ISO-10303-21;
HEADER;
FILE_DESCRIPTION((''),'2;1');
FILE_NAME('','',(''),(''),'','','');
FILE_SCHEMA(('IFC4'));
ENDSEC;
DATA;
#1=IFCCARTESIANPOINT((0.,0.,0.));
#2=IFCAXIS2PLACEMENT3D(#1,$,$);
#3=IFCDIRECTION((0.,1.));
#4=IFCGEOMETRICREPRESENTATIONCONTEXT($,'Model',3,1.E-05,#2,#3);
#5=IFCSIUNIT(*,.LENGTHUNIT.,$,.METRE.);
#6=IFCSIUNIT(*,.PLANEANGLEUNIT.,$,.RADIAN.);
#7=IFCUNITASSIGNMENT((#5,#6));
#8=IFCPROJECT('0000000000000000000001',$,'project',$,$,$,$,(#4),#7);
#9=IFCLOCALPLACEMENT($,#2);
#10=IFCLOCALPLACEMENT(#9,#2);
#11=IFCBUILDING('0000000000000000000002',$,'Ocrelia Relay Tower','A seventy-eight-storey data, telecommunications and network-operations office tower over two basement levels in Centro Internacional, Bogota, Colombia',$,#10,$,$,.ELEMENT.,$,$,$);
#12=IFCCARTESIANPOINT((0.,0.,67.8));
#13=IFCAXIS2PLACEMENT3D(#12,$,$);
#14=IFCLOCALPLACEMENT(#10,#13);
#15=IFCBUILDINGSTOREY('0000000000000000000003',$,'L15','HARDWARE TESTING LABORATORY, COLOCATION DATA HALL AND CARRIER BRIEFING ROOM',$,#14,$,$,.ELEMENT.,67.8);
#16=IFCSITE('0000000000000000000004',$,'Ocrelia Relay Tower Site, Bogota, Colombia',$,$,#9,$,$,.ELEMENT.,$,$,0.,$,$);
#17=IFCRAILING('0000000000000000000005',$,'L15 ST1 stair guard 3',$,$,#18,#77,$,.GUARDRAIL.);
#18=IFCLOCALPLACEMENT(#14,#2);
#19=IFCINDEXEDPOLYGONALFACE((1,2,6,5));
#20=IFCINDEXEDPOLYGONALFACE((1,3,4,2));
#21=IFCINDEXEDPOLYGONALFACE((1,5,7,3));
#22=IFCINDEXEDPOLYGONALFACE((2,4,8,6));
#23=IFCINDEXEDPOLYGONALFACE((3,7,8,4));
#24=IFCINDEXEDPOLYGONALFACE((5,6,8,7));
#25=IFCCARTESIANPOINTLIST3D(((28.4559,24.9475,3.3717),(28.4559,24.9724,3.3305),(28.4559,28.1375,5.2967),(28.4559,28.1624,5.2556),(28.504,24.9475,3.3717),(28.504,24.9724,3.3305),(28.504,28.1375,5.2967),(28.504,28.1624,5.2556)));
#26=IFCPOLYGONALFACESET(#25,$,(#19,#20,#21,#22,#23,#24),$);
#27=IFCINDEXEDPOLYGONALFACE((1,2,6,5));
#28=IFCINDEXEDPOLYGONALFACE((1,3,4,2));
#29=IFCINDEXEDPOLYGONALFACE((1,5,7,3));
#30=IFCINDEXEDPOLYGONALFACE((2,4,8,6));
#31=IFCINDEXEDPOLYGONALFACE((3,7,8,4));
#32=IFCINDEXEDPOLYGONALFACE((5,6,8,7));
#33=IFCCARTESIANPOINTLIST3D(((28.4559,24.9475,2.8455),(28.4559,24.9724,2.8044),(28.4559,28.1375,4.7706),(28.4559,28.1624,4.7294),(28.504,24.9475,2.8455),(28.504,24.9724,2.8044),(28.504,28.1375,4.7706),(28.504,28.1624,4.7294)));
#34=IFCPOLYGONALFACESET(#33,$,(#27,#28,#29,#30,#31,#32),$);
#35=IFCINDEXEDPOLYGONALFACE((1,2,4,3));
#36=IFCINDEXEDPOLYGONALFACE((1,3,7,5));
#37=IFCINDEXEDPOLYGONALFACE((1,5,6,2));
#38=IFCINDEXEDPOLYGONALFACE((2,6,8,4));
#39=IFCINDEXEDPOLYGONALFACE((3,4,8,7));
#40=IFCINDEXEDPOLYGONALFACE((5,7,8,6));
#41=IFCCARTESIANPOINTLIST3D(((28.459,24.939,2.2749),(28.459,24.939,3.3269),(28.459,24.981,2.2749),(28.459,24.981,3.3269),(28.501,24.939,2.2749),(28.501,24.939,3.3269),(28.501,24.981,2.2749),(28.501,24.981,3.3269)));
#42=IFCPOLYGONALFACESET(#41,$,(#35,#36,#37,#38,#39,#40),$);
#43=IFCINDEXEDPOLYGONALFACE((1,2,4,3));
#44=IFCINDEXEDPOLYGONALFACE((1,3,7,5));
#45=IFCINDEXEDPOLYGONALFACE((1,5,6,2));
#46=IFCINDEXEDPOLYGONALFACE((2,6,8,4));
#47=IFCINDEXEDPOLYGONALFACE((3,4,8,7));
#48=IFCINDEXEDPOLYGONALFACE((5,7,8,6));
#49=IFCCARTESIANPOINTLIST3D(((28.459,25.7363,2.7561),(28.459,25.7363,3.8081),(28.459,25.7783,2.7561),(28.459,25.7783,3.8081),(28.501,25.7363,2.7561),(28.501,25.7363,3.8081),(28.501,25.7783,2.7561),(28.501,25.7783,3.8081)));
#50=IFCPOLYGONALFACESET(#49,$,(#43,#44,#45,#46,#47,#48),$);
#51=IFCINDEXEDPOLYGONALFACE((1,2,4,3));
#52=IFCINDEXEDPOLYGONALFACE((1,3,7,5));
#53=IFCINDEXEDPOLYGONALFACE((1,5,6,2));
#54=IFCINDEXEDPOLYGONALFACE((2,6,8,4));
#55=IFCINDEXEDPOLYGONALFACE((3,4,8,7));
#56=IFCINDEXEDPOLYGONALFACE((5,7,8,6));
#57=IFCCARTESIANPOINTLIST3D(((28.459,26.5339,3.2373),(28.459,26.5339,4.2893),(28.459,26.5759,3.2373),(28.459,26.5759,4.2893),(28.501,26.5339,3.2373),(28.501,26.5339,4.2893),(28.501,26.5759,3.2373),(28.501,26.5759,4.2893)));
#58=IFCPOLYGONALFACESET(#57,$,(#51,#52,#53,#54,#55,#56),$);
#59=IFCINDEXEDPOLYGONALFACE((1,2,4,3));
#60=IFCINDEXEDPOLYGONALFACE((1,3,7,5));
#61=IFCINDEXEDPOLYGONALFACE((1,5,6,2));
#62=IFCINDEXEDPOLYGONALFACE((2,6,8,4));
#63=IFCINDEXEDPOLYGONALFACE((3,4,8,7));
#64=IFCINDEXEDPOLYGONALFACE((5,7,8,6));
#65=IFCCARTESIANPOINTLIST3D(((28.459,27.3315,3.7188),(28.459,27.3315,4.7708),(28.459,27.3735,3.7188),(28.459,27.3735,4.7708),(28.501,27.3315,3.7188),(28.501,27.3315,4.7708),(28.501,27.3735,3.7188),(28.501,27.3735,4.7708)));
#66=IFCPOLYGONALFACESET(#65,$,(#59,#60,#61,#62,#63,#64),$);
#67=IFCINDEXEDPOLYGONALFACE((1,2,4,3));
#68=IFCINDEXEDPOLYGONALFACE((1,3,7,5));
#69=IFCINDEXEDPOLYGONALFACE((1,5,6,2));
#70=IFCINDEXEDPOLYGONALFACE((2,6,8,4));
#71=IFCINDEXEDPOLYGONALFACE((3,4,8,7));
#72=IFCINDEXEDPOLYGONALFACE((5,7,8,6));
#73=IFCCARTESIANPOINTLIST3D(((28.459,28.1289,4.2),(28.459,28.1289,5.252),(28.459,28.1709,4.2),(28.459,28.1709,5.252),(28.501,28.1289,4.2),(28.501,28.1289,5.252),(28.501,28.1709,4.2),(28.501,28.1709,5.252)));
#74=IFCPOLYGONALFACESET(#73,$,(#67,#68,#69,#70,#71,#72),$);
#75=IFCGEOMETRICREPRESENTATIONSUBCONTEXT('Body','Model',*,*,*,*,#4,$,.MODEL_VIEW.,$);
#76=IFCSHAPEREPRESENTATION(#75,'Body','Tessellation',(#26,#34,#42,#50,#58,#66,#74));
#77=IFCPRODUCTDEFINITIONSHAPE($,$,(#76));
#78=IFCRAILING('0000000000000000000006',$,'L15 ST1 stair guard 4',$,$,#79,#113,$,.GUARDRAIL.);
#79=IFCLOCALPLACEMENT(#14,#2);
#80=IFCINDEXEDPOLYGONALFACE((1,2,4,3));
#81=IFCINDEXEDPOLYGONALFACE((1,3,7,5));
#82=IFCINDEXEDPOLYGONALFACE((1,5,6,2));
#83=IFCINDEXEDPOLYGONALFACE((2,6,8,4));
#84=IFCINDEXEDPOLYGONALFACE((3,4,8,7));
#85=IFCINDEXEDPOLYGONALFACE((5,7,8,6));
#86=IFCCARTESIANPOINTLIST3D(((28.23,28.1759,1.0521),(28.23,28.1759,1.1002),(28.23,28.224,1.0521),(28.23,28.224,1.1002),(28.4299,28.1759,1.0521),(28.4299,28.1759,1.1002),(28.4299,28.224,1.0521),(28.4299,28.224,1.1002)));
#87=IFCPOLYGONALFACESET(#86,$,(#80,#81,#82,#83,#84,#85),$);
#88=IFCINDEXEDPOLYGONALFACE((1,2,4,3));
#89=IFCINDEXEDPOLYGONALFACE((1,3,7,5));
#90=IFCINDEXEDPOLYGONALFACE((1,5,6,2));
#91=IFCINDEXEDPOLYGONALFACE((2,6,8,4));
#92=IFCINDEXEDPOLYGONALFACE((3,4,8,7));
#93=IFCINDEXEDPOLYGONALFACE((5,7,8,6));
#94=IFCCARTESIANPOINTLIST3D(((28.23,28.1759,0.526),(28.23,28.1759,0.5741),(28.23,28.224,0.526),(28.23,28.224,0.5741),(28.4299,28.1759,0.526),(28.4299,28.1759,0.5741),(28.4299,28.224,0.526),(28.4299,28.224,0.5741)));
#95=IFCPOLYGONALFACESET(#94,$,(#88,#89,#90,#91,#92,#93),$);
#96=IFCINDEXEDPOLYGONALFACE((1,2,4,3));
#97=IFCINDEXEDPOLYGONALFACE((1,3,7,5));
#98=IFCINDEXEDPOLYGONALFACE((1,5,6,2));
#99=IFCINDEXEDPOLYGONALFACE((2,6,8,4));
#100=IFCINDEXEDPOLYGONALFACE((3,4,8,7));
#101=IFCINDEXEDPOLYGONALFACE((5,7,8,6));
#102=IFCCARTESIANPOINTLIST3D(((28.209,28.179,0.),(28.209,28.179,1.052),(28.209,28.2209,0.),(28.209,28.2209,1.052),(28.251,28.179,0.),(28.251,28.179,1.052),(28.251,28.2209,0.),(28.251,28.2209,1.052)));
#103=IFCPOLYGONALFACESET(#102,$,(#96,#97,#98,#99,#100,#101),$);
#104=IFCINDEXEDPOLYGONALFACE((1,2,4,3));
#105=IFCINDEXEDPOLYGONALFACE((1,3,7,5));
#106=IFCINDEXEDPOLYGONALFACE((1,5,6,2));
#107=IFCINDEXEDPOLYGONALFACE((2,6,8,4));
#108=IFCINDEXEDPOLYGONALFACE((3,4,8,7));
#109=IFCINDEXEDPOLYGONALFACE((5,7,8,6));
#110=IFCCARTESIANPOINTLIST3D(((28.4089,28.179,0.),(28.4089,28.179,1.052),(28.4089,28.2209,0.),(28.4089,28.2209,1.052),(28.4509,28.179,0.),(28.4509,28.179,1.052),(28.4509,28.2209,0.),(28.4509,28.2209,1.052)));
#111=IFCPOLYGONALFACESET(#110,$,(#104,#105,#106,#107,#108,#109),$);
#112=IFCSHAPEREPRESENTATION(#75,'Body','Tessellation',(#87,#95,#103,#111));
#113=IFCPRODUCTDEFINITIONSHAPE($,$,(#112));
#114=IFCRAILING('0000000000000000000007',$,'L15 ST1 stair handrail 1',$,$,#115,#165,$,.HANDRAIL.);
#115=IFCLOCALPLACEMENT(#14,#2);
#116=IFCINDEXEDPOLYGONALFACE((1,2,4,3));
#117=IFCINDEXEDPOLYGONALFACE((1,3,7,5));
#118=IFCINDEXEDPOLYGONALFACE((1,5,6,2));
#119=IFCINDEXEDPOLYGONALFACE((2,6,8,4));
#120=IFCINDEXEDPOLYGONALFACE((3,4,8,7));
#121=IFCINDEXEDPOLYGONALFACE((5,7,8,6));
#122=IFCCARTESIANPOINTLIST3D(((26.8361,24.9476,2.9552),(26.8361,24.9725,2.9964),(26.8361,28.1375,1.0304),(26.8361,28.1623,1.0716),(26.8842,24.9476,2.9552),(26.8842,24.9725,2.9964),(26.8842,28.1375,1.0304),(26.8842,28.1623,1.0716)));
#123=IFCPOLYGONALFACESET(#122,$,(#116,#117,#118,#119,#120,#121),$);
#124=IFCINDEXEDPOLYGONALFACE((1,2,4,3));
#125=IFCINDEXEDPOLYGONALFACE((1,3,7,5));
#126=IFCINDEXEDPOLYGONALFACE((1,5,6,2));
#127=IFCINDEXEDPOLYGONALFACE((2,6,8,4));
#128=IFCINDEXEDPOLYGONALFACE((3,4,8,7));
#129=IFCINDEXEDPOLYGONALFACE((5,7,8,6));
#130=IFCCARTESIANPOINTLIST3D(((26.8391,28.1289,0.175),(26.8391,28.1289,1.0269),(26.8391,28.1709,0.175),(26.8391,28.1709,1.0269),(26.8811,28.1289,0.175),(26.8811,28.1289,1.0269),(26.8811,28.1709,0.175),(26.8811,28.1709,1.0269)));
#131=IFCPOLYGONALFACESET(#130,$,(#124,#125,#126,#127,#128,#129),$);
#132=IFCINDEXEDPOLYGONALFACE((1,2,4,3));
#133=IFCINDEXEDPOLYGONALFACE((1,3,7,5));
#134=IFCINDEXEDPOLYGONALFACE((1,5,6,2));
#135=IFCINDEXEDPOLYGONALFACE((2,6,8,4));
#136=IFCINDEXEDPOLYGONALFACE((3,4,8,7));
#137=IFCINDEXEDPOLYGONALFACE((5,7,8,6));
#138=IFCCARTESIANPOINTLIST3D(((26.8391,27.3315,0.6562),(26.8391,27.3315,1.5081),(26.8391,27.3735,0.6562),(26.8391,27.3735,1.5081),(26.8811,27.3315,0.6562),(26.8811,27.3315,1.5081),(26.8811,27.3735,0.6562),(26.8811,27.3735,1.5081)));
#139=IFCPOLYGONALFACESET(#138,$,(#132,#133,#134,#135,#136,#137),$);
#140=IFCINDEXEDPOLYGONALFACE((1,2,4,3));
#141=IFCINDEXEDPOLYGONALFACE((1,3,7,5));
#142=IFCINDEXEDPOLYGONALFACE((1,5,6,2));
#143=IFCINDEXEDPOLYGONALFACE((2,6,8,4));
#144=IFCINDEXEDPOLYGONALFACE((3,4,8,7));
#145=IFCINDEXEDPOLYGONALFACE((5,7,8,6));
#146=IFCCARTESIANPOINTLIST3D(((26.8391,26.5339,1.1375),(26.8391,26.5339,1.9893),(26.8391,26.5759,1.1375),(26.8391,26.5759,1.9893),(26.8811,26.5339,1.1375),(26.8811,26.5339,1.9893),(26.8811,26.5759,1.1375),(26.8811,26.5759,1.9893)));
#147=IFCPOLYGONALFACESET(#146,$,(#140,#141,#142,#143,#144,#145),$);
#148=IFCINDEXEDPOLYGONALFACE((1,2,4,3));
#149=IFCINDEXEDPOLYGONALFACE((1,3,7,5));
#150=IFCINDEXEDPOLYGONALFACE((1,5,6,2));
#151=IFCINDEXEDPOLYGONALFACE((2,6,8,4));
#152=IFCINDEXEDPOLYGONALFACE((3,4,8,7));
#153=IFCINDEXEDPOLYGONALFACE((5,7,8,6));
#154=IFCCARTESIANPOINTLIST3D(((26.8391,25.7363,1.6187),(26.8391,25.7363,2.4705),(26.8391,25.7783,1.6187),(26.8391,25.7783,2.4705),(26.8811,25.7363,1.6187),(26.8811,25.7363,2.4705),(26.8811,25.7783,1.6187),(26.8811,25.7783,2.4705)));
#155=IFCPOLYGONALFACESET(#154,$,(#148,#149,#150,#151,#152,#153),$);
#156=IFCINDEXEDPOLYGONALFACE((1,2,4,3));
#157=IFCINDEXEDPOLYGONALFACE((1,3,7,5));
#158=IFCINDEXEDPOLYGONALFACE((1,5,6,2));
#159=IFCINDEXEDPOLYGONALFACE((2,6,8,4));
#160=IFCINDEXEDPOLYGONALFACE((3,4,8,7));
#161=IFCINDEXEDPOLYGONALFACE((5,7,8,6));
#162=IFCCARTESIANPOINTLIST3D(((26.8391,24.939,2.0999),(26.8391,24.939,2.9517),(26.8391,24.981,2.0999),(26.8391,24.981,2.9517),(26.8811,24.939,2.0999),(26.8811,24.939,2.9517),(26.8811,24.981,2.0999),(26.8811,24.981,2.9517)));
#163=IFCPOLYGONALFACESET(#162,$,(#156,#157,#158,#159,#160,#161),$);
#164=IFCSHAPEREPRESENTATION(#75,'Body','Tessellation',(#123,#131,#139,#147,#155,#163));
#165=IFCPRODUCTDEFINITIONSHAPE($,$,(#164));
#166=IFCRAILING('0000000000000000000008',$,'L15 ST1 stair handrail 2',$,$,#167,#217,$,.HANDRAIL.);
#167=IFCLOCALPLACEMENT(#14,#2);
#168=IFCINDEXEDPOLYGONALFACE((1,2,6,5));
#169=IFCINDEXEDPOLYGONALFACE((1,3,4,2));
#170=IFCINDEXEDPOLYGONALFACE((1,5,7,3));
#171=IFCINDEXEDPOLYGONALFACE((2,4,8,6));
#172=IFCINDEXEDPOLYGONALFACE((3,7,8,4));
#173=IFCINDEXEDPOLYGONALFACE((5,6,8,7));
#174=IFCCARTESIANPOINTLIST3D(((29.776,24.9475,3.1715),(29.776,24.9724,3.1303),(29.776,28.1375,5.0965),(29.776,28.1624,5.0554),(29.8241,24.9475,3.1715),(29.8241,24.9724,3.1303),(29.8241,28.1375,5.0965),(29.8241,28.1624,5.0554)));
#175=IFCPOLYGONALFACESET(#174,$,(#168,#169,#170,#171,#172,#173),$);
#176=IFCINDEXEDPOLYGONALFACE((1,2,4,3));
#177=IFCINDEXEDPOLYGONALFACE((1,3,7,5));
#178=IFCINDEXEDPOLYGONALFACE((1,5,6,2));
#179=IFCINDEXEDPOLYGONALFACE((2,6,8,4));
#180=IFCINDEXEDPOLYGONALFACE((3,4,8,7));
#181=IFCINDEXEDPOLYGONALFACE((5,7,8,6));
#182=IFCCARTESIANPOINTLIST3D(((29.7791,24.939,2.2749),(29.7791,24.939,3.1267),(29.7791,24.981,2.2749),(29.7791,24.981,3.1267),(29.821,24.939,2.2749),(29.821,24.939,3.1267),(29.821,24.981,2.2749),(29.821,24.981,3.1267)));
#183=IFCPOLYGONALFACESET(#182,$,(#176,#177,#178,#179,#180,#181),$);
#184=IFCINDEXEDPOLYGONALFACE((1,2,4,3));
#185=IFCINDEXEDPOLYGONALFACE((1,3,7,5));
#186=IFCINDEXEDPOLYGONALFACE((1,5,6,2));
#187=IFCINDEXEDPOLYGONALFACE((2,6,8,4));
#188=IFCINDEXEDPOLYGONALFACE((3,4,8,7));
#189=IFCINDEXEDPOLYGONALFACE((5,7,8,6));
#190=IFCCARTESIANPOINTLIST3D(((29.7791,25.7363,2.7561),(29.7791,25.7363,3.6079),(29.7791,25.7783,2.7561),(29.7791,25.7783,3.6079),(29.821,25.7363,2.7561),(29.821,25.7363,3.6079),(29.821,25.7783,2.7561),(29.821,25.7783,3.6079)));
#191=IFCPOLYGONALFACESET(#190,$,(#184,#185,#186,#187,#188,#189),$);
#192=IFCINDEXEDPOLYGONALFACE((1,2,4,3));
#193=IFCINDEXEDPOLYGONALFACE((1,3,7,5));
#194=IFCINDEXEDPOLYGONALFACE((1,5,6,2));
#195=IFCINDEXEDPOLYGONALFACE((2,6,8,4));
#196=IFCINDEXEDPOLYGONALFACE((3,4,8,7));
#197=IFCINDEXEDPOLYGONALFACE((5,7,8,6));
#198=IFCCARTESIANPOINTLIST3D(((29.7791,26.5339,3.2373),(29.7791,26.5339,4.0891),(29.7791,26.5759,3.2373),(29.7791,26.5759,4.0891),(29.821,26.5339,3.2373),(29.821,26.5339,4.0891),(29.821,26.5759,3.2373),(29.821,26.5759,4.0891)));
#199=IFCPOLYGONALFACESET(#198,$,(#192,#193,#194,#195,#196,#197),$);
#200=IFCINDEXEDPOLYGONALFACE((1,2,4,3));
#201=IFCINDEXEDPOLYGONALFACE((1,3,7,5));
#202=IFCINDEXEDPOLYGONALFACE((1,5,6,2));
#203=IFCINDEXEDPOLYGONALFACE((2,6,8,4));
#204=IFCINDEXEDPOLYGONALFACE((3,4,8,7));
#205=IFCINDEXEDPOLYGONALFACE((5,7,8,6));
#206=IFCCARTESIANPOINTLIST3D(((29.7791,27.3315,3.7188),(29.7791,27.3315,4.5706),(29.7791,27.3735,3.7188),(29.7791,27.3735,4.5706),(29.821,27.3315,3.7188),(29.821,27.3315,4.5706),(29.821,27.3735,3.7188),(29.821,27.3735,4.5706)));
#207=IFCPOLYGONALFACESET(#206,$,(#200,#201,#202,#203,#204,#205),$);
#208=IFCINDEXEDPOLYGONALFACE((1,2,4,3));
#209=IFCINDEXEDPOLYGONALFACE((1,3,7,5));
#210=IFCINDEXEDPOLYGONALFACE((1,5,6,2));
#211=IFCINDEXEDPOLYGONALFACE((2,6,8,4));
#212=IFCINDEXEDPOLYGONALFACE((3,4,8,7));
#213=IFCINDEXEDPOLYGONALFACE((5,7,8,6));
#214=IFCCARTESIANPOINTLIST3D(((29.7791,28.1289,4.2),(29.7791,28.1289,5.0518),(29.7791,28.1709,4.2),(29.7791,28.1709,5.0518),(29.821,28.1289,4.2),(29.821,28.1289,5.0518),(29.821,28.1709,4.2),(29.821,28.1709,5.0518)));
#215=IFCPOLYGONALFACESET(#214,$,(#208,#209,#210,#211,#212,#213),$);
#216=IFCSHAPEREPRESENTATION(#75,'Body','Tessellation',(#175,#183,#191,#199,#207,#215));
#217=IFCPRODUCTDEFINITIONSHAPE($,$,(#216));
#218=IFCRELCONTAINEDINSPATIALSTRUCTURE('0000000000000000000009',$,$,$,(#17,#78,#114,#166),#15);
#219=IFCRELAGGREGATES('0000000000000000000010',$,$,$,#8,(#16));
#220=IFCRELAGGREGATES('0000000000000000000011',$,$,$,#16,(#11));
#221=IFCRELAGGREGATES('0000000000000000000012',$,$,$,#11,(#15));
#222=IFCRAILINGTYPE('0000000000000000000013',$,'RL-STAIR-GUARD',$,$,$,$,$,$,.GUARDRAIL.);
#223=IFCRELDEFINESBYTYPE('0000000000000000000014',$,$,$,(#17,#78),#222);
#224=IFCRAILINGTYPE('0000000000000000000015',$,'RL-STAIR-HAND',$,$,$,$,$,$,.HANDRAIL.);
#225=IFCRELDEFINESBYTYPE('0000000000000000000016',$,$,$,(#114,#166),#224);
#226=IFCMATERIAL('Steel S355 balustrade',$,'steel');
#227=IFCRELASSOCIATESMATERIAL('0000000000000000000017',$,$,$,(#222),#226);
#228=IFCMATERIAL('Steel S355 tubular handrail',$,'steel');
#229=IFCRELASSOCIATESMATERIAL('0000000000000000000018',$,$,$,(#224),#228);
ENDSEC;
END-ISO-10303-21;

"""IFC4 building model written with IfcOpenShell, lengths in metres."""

from ifc_helpers import new_model, si_unit, direction, frame, origin, origin_2d, place, context, subcontext, project, spatial, rectangle, extrude, material, type_object, element, save


model = new_model("IFC4")

# Units and contexts
model_context = context("Model", 3, precision=1e-05, world=origin(), true_north=direction((0.0, 1.0)))
body_context = subcontext(model_context, "Body", "Model", "MODEL_VIEW")
ifc_project = project(units=[si_unit("LENGTHUNIT", "METRE"), si_unit("PLANEANGLEUNIT", "RADIAN")], contexts=[model_context])

# Site, building, storey
site_placement = place(None, origin())
site = spatial("IfcSite", under=ifc_project, at=site_placement, Name="Ocrelia Relay Tower Site, Bogota, Colombia", CompositionType="ELEMENT", RefElevation=0.0)
building_placement = place(site_placement, origin())
building = spatial("IfcBuilding", under=site, at=building_placement, Name="Ocrelia Relay Tower", Description="A seventy-eight-storey data, telecommunications and network-operations office tower over two basement levels in Centro Internacional, Bogota, Colombia", CompositionType="ELEMENT")
storey_placement = place(building_placement, frame((0.0, 0.0, 67.8)))
storey = spatial("IfcBuildingStorey", under=building, at=storey_placement, Name="L15", Description="HARDWARE TESTING LABORATORY, COLOCATION DATA HALL AND CARRIER BRIEFING ROOM", CompositionType="ELEMENT", Elevation=67.8)

# Railings
ifc_material_1 = material(Name="Steel S355 balustrade", Category="steel")
railing_type_1 = type_object("IfcRailingType", Name="RL-STAIR-GUARD", PredefinedType="GUARDRAIL", material=ifc_material_1)
railing_1_placement = place(storey_placement, frame((28.48, 24.96, 2.2749)))
element("IfcRailing", 1, at=railing_1_placement, inside=storey, type_object=railing_type_1, Name="L15 ST1 stair guard 3", PredefinedType="GUARDRAIL", context=body_context, shape_type="SweptSolid", body=[
    extrude(rectangle(XDim=0.0481, YDim=0.0481, at=origin_2d()), frame((0.0, 0.0, 1.0762), z_axis=(0.0, 0.856178, 0.516682), x_axis=(-1.0, 0.0, 0.0)), (0.0, 0.0, 1.0), 3.7258),
    extrude(rectangle(XDim=0.0481, YDim=0.0481, at=origin_2d()), frame((0.0, 0.0, 0.55), z_axis=(0.0, 0.856178, 0.516682), x_axis=(-1.0, 0.0, 0.0)), (0.0, 0.0, 1.0), 3.7258),
    extrude(rectangle(XDim=0.042, YDim=0.042, at=origin_2d()), origin(), (0.0, 0.0, 1.0), 1.052),
    extrude(rectangle(XDim=0.042, YDim=0.042, at=origin_2d()), frame((0.0, 0.7974, 0.4812)), (0.0, 0.0, 1.0), 1.052),
    extrude(rectangle(XDim=0.042, YDim=0.042, at=origin_2d()), frame((0.0, 1.595, 0.9624)), (0.0, 0.0, 1.0), 1.052),
    extrude(rectangle(XDim=0.042, YDim=0.042, at=origin_2d()), frame((0.0, 2.3926, 1.4438)), (0.0, 0.0, 1.0), 1.052),
    extrude(rectangle(XDim=0.042, YDim=0.042, at=origin_2d()), frame((0.0, 3.1899, 1.925)), (0.0, 0.0, 1.0), 1.052),
])
railing_2_placement = place(storey_placement, frame((28.23, 28.2, 0.0)))
element("IfcRailing", 2, at=railing_2_placement, inside=storey, type_object=railing_type_1, Name="L15 ST1 stair guard 4", PredefinedType="GUARDRAIL", context=body_context, shape_type="SweptSolid", body=[
    extrude(rectangle(XDim=0.0481, YDim=0.0481, at=origin_2d()), frame((0.0, 0.0, 1.0762), z_axis=(1.0, 0.0, 0.0), x_axis=(0.0, 1.0, 0.0)), (0.0, 0.0, 1.0), 0.2),
    extrude(rectangle(XDim=0.0481, YDim=0.0481, at=origin_2d()), frame((0.0, 0.0, 0.55), z_axis=(1.0, 0.0, 0.0), x_axis=(0.0, 1.0, 0.0)), (0.0, 0.0, 1.0), 0.2),
    extrude(rectangle(XDim=0.042, YDim=0.042, at=origin_2d()), origin(), (0.0, 0.0, 1.0), 1.052),
    extrude(rectangle(XDim=0.042, YDim=0.042, at=origin_2d()), frame((0.2, 0.0, 0.0)), (0.0, 0.0, 1.0), 1.052),
])
ifc_material_2 = material(Name="Steel S355 tubular handrail", Category="steel")
railing_type_2 = type_object("IfcRailingType", Name="RL-STAIR-HAND", PredefinedType="HANDRAIL", material=ifc_material_2)
railing_3_placement = place(storey_placement, frame((26.8601, 28.1499, 0.175)))
element("IfcRailing", 3, at=railing_3_placement, inside=storey, type_object=railing_type_2, Name="L15 ST1 stair handrail 1", PredefinedType="HANDRAIL", context=body_context, shape_type="SweptSolid", body=[
    extrude(rectangle(XDim=0.0481, YDim=0.0481, at=origin_2d()), frame((0.0, 0.0, 0.876), z_axis=(0.0, -0.856207, 0.516633), x_axis=(1.0, 0.0, 0.0)), (0.0, 0.0, 1.0), 3.7256),
    extrude(rectangle(XDim=0.042, YDim=0.042, at=origin_2d()), origin(), (0.0, 0.0, 1.0), 0.8518),
    extrude(rectangle(XDim=0.042, YDim=0.042, at=origin_2d()), frame((0.0, -0.7974, 0.4812)), (0.0, 0.0, 1.0), 0.8518),
    extrude(rectangle(XDim=0.042, YDim=0.042, at=origin_2d()), frame((0.0, -1.595, 0.9624)), (0.0, 0.0, 1.0), 0.8518),
    extrude(rectangle(XDim=0.042, YDim=0.042, at=origin_2d()), frame((0.0, -2.3926, 1.4436)), (0.0, 0.0, 1.0), 0.8518),
    extrude(rectangle(XDim=0.042, YDim=0.042, at=origin_2d()), frame((0.0, -3.1899, 1.9248)), (0.0, 0.0, 1.0), 0.8518),
])
railing_4_placement = place(storey_placement, frame((29.8, 24.96, 2.2749)))
element("IfcRailing", 4, at=railing_4_placement, inside=storey, type_object=railing_type_2, Name="L15 ST1 stair handrail 2", PredefinedType="HANDRAIL", context=body_context, shape_type="SweptSolid", body=[
    extrude(rectangle(XDim=0.0481, YDim=0.0481, at=origin_2d()), frame((0.0, 0.0, 0.876), z_axis=(0.0, 0.856178, 0.516682), x_axis=(-1.0, 0.0, 0.0)), (0.0, 0.0, 1.0), 3.7258),
    extrude(rectangle(XDim=0.042, YDim=0.042, at=origin_2d()), origin(), (0.0, 0.0, 1.0), 0.8518),
    extrude(rectangle(XDim=0.042, YDim=0.042, at=origin_2d()), frame((0.0, 0.7974, 0.4812)), (0.0, 0.0, 1.0), 0.8518),
    extrude(rectangle(XDim=0.042, YDim=0.042, at=origin_2d()), frame((0.0, 1.595, 0.9624)), (0.0, 0.0, 1.0), 0.8518),
    extrude(rectangle(XDim=0.042, YDim=0.042, at=origin_2d()), frame((0.0, 2.3926, 1.4438)), (0.0, 0.0, 1.0), 0.8518),
    extrude(rectangle(XDim=0.042, YDim=0.042, at=origin_2d()), frame((0.0, 3.1899, 1.925)), (0.0, 0.0, 1.0), 0.8518),
])

save(model, "model.ifc")
